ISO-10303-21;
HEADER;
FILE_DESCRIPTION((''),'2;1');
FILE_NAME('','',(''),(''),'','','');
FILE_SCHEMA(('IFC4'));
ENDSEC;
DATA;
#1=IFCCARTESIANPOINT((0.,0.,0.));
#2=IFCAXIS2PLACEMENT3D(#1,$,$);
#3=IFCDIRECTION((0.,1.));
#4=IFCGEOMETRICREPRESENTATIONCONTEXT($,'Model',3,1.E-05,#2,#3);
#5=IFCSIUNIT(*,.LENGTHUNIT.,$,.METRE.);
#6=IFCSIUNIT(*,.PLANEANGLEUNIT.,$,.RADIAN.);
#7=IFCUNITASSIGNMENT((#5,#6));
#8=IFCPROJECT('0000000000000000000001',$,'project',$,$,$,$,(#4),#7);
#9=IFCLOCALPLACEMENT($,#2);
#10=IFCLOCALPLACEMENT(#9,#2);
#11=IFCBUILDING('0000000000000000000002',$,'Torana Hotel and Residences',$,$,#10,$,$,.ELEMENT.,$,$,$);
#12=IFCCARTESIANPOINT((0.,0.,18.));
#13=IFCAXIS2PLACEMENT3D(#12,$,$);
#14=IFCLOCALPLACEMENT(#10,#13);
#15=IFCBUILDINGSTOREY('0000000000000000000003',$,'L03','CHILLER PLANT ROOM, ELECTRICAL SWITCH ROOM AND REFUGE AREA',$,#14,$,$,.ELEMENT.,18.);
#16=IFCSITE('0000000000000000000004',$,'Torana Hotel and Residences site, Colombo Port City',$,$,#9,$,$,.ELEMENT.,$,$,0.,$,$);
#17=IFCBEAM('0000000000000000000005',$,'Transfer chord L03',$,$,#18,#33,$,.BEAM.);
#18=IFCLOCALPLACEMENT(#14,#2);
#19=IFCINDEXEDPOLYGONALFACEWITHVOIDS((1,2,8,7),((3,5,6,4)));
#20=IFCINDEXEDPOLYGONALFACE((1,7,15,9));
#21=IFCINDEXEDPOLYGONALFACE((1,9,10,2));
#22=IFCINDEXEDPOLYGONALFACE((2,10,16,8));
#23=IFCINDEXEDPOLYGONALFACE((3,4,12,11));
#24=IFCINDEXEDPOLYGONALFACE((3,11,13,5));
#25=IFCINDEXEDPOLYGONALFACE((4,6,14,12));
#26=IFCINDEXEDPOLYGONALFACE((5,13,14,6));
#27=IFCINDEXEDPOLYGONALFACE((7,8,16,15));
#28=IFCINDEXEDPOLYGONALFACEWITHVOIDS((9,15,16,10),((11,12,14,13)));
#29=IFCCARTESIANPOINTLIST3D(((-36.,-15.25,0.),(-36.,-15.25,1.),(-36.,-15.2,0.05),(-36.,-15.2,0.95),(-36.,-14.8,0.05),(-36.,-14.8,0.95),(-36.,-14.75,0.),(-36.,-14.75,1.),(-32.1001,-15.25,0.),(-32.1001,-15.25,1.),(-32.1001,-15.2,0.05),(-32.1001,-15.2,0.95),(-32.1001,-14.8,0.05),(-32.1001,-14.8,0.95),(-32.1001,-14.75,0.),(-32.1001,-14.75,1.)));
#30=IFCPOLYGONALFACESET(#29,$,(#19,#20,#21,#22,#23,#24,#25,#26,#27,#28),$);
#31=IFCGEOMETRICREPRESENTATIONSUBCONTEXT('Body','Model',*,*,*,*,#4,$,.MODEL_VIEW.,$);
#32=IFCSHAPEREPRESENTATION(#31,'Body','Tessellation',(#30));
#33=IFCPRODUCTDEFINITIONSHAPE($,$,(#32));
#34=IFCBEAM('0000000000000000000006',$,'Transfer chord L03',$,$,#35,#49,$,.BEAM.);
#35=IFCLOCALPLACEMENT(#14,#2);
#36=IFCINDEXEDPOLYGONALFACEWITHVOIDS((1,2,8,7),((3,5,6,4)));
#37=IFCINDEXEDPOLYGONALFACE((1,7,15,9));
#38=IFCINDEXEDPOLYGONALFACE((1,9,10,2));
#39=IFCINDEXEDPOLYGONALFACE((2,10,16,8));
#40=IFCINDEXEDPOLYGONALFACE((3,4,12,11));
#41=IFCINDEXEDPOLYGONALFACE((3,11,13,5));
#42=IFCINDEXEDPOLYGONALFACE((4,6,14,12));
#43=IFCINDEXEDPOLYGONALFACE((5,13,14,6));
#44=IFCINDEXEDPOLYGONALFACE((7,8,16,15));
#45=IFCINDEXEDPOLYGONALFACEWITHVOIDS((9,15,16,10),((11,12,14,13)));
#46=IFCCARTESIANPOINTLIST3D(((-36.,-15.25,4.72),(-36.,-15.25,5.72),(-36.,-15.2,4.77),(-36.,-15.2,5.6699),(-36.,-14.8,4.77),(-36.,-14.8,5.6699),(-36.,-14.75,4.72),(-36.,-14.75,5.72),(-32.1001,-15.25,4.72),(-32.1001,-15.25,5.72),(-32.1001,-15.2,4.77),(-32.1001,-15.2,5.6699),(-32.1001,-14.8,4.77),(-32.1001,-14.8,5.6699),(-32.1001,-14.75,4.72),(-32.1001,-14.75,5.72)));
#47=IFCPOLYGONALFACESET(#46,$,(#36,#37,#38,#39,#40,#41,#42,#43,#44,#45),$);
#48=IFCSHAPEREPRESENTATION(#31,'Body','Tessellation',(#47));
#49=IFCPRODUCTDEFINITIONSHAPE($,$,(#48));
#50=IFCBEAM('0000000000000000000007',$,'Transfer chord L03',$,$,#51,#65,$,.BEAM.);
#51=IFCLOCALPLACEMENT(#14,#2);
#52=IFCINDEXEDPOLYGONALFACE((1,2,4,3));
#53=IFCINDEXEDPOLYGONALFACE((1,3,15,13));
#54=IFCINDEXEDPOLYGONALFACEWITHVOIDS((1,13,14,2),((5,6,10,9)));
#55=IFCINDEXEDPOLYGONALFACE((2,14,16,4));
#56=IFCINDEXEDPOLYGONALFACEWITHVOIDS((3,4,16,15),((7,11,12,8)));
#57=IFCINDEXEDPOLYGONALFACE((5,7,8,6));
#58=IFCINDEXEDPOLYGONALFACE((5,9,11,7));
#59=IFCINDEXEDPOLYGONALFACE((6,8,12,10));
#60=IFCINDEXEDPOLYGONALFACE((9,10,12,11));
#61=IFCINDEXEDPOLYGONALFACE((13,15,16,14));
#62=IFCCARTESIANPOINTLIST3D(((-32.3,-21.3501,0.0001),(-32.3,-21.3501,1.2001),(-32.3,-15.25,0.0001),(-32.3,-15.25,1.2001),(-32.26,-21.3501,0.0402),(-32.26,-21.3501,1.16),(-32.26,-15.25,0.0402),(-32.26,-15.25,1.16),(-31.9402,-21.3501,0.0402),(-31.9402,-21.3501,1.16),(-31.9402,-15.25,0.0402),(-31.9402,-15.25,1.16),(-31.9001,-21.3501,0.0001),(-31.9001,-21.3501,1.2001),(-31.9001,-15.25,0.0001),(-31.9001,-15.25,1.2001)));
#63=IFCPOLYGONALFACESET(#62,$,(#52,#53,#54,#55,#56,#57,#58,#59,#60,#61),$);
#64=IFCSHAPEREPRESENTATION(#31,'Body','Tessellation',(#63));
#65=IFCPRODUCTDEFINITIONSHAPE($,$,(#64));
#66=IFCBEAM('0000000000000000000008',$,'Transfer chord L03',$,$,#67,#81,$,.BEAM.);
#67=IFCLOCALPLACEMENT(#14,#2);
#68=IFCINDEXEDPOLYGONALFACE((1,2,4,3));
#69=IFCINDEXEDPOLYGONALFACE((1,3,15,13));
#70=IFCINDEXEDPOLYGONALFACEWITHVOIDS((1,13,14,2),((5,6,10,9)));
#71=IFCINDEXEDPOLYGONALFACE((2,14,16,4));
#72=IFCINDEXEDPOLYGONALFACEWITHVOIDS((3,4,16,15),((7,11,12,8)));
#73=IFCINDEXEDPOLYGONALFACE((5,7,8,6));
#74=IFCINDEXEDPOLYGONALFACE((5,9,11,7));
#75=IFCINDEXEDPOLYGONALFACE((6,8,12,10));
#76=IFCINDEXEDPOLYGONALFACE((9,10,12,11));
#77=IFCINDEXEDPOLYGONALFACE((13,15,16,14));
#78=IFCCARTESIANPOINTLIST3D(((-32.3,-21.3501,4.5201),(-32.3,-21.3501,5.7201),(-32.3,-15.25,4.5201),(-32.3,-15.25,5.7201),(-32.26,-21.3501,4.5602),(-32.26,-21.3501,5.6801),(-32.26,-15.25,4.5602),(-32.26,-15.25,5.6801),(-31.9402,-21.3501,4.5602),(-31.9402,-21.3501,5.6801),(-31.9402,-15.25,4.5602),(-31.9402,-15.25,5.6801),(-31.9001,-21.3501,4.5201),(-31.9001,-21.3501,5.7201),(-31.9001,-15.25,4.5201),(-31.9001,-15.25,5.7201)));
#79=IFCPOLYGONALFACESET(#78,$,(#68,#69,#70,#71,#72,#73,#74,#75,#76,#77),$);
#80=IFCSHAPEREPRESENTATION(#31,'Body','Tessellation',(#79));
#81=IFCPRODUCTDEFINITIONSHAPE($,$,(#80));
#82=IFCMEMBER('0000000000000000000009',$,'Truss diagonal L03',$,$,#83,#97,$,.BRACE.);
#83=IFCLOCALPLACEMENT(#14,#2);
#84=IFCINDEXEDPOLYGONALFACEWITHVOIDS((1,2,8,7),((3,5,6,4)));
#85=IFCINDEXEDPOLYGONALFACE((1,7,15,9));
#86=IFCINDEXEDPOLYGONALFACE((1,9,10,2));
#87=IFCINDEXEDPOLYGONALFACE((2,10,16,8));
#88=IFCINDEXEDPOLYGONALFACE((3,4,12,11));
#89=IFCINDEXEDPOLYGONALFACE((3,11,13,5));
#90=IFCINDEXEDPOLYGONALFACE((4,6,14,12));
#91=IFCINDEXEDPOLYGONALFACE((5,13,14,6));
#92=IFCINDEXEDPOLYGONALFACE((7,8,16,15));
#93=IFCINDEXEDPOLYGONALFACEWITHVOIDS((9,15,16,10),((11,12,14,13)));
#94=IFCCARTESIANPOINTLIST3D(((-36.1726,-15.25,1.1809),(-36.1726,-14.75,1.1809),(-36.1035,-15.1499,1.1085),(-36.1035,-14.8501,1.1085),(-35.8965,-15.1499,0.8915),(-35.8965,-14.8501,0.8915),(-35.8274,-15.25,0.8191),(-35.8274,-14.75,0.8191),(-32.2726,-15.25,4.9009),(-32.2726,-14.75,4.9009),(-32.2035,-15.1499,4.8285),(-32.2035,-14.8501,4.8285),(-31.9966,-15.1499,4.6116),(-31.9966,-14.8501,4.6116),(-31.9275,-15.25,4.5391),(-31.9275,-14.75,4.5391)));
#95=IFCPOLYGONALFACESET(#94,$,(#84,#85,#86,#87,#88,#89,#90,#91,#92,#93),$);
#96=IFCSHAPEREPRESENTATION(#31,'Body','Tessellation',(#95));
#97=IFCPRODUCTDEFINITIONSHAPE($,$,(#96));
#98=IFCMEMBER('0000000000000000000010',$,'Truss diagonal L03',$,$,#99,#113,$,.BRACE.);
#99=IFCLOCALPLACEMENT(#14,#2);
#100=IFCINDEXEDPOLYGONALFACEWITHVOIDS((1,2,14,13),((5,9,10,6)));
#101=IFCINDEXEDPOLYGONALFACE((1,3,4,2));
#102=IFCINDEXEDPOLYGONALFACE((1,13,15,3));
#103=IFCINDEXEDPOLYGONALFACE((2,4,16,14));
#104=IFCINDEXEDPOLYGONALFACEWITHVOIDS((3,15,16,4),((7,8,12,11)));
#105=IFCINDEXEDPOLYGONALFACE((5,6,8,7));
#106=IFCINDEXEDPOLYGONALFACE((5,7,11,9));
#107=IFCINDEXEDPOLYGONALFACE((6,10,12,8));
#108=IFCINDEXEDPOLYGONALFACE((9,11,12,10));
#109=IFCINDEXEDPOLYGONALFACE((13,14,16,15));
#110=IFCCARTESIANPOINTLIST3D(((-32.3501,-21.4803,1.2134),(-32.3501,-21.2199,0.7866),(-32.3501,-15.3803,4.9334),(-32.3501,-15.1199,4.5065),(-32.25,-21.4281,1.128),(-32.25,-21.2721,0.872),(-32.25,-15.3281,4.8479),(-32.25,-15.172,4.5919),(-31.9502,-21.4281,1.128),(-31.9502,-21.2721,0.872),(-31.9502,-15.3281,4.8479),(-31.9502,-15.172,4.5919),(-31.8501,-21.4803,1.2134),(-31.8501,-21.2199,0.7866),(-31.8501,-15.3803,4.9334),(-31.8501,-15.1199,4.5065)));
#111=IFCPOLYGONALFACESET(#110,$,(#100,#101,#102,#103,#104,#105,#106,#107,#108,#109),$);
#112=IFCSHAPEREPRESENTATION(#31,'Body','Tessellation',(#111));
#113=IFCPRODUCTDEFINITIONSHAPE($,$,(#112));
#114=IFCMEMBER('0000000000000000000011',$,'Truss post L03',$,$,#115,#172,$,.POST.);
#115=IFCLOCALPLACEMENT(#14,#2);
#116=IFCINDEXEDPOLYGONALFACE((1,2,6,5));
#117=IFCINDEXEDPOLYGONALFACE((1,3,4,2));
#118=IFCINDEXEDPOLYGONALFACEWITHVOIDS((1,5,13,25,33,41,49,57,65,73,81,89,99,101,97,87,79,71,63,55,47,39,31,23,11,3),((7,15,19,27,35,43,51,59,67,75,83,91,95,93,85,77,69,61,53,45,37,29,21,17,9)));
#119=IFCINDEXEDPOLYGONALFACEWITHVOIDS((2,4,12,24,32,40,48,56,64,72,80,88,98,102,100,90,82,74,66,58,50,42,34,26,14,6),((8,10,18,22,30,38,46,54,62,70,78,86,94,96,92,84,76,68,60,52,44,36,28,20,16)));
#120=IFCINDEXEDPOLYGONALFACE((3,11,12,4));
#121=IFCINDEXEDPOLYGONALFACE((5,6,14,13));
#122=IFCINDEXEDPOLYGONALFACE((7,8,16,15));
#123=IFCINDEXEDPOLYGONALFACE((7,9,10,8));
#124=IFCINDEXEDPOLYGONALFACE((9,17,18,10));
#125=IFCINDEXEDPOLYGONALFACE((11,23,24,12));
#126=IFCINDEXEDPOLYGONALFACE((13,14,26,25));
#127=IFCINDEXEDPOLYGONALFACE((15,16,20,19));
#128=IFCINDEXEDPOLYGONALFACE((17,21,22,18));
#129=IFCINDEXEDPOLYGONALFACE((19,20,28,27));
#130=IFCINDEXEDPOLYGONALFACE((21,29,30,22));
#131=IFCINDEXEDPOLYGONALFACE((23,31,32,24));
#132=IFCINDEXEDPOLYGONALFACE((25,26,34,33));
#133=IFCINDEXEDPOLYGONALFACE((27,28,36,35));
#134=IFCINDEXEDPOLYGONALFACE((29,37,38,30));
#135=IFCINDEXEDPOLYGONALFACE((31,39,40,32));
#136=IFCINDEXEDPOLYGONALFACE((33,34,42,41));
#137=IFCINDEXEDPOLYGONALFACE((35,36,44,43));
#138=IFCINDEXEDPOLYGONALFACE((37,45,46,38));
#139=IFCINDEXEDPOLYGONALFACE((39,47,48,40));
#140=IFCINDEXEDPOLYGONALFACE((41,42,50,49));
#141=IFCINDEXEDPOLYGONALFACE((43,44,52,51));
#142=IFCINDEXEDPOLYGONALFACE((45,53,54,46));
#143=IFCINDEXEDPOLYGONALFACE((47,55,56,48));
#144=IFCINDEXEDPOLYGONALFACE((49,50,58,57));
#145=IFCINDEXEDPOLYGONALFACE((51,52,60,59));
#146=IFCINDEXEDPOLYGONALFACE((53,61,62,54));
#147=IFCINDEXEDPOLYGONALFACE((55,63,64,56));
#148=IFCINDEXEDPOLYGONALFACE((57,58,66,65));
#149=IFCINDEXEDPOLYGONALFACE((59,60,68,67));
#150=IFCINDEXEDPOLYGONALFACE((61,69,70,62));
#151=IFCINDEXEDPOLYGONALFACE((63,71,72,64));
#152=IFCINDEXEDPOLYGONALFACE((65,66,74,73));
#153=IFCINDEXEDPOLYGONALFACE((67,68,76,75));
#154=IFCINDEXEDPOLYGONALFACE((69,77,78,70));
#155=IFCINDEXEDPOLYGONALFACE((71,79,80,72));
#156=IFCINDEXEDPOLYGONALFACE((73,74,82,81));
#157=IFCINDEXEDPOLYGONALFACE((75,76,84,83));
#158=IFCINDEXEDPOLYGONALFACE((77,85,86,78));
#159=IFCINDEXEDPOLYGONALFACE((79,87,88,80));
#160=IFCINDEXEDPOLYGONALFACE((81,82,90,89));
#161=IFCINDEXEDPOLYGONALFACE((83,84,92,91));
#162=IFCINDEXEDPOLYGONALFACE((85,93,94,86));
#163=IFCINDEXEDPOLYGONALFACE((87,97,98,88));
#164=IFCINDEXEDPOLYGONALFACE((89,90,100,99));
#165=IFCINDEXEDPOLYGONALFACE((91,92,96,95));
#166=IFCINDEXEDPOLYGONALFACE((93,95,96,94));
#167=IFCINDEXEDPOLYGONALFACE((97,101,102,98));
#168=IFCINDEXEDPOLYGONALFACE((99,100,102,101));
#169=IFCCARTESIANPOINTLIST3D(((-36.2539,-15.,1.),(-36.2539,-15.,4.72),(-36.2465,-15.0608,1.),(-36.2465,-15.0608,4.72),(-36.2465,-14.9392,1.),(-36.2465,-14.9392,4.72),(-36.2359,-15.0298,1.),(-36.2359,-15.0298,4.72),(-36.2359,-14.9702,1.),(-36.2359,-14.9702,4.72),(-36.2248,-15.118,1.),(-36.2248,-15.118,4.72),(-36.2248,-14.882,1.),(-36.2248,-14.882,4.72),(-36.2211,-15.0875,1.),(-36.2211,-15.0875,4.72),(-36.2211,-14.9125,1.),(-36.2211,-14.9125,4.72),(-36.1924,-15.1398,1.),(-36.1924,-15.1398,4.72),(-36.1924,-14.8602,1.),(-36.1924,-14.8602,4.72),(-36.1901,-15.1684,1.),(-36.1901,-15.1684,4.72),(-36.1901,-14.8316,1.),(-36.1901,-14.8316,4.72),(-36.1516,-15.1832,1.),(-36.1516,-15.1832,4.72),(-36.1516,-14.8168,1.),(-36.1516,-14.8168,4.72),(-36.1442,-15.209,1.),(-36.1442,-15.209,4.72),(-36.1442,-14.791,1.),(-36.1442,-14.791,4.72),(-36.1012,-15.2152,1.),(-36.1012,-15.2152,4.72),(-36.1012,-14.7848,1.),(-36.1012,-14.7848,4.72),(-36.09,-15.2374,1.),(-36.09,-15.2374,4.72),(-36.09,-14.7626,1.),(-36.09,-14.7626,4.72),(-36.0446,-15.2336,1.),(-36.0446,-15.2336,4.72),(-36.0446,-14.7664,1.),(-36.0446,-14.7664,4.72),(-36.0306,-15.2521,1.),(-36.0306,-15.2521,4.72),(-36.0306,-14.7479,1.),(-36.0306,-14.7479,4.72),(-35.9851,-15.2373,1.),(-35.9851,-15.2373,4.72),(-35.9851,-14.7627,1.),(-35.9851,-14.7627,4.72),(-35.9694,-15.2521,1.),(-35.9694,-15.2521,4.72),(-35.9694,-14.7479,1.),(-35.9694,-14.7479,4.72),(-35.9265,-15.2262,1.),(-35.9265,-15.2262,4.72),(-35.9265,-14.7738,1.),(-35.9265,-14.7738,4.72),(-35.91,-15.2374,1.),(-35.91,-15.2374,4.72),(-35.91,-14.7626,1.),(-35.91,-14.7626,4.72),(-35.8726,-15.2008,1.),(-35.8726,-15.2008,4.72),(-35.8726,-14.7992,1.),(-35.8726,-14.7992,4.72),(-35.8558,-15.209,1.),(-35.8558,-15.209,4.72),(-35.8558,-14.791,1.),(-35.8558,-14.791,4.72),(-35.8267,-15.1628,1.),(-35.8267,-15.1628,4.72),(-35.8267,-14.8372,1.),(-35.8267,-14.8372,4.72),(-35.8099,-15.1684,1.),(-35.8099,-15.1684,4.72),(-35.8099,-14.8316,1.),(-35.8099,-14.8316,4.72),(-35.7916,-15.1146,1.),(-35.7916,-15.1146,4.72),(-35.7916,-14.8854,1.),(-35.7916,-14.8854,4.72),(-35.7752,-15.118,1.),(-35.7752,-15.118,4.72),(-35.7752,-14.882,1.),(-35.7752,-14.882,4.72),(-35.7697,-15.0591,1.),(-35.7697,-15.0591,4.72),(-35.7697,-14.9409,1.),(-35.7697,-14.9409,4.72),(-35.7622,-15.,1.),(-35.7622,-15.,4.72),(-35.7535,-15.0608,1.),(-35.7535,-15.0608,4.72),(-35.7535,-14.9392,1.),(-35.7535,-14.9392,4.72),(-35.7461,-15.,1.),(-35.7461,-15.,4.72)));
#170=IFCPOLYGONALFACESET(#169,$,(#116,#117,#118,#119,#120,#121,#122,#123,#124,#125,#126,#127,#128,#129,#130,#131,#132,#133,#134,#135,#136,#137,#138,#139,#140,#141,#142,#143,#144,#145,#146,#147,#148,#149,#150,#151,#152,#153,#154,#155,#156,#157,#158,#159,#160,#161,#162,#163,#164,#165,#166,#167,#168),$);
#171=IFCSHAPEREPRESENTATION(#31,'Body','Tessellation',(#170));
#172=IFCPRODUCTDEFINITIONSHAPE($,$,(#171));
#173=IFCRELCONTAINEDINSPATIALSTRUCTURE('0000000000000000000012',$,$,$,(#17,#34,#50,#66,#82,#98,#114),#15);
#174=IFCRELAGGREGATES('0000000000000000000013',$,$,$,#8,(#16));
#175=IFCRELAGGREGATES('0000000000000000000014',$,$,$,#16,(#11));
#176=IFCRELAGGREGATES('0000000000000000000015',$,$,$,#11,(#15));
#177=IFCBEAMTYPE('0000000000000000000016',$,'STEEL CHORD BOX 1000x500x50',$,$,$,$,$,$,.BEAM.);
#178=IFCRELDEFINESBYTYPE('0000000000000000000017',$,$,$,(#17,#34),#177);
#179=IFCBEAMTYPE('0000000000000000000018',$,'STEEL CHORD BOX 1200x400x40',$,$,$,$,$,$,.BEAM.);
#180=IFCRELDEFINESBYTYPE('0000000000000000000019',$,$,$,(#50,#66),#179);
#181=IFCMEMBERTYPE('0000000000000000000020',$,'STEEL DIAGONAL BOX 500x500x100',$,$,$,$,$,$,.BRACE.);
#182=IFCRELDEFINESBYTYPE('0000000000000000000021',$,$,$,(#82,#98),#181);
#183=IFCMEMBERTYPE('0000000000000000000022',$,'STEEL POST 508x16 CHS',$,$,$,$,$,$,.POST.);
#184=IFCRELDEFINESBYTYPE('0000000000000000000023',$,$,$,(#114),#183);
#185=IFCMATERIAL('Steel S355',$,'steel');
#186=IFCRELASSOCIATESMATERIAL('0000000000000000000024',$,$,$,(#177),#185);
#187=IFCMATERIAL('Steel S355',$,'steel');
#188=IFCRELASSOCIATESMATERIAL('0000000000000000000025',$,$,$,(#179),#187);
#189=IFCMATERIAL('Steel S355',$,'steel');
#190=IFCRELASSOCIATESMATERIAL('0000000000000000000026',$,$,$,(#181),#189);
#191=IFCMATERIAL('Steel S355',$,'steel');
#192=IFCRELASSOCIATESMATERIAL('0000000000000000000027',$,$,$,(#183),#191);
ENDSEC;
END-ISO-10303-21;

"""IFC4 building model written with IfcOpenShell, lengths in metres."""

from ifc_helpers import new_model, si_unit, direction, frame, origin, origin_2d, place, context, subcontext, project, spatial, hollow_rectangle, hollow_circle, extrude, material, material_profile, profile_set, type_object, element, save


model = new_model("IFC4")

# Units and contexts
model_context = context("Model", 3, precision=1e-05, world=origin(), true_north=direction((0.0, 1.0)))
body_context = subcontext(model_context, "Body", "Model", "MODEL_VIEW")
ifc_project = project(units=[si_unit("LENGTHUNIT", "METRE"), si_unit("PLANEANGLEUNIT", "RADIAN")], contexts=[model_context])

# Site, building, storey
site_placement = place(None, origin())
site = spatial("IfcSite", under=ifc_project, at=site_placement, Name="Torana Hotel and Residences site, Colombo Port City", CompositionType="ELEMENT", RefElevation=0.0)
building_placement = place(site_placement, origin())
building = spatial("IfcBuilding", under=site, at=building_placement, Name="Torana Hotel and Residences", CompositionType="ELEMENT")
storey_placement = place(building_placement, frame((0.0, 0.0, 18.0)))
storey = spatial("IfcBuildingStorey", under=building, at=storey_placement, Name="L03", Description="CHILLER PLANT ROOM, ELECTRICAL SWITCH ROOM AND REFUGE AREA", CompositionType="ELEMENT", Elevation=18.0)

# Beams
ifc_material_1 = material(Name="Steel S355", Category="steel")
ifc_material_profile_1 = material_profile(ifc_material_1, hollow_rectangle(XDim=0.5, YDim=1.0, WallThickness=0.05, at=origin_2d()), Name="BOX 1000x500x50")
ifc_profile_set_1 = profile_set([ifc_material_profile_1], Name="Steel S355")
beam_type_1 = type_object("IfcBeamType", Name="STEEL CHORD BOX 1000x500x50", PredefinedType="BEAM", material=ifc_profile_set_1)
for number, where, z_axis, x_axis, name in (
    (1, (-36.0, -15.0, 0.5), (1.0, 0.0, 0.0), (0.0, 1.0, 0.0), "Transfer chord L03"),
    (2, (-36.0, -15.0, 5.22), (1.0, 0.0, 0.0), (0.0, 1.0, 0.0), "Transfer chord L03"),
):
    element("IfcBeam", number, at=place(storey_placement, frame(where, z_axis=z_axis, x_axis=x_axis)), inside=storey, type_object=beam_type_1, Name=name, PredefinedType="BEAM", context=body_context, shape_type="SweptSolid", body=[
        extrude(hollow_rectangle(XDim=0.5, YDim=1.0, WallThickness=0.05, at=origin_2d()), origin(), (0.0, 0.0, 1.0), 3.8999),
    ])
ifc_material_2 = material(Name="Steel S355", Category="steel")
ifc_material_profile_2 = material_profile(ifc_material_2, hollow_rectangle(XDim=0.3999, YDim=1.2, WallThickness=0.04, at=origin_2d()), Name="BOX 1200x400x40")
ifc_profile_set_2 = profile_set([ifc_material_profile_2], Name="Steel S355")
beam_type_2 = type_object("IfcBeamType", Name="STEEL CHORD BOX 1200x400x40", PredefinedType="BEAM", material=ifc_profile_set_2)
for number, where, z_axis, x_axis, name in (
    (3, (-32.1001, -21.3501, 0.6001), (0.0, 1.0, 0.0), (-1.0, 0.0, 0.0), "Transfer chord L03"),
    (4, (-32.1001, -21.3501, 5.1201), (0.0, 1.0, 0.0), (-1.0, 0.0, 0.0), "Transfer chord L03"),
):
    element("IfcBeam", number, at=place(storey_placement, frame(where, z_axis=z_axis, x_axis=x_axis)), inside=storey, type_object=beam_type_2, Name=name, PredefinedType="BEAM", context=body_context, shape_type="SweptSolid", body=[
        extrude(hollow_rectangle(XDim=0.3999, YDim=1.2, WallThickness=0.04, at=origin_2d()), origin(), (0.0, 0.0, 1.0), 6.1001),
    ])

# Members
ifc_material_3 = material(Name="Steel S355", Category="steel")
ifc_material_profile_3 = material_profile(ifc_material_3, hollow_rectangle(XDim=0.5, YDim=0.5, WallThickness=0.1001, at=origin_2d()), Name="BOX 500x500x100")
ifc_profile_set_3 = profile_set([ifc_material_profile_3], Name="Steel S355")
member_type_1 = type_object("IfcMemberType", Name="STEEL DIAGONAL BOX 500x500x100", PredefinedType="BRACE", material=ifc_profile_set_3)
member_1_placement = place(storey_placement, frame((-36.0, -15.0, 1.0), z_axis=(0.723602, 0.0, 0.690217), x_axis=(0.0, 1.0, 0.0)))
element("IfcMember", 5, at=member_1_placement, inside=storey, type_object=member_type_1, Name="Truss diagonal L03", PredefinedType="BRACE", context=body_context, shape_type="SweptSolid", body=[
    extrude(hollow_rectangle(XDim=0.5, YDim=0.5, WallThickness=0.1001, at=origin_2d()), origin(), (0.0, 0.0, 1.0), 5.3896),
])
member_2_placement = place(storey_placement, frame((-32.1001, -21.3501, 1.0), z_axis=(0.0, 0.853771, 0.520648), x_axis=(-1.0, 0.0, 0.0)))
element("IfcMember", 6, at=member_2_placement, inside=storey, type_object=member_type_1, Name="Truss diagonal L03", PredefinedType="BRACE", context=body_context, shape_type="SweptSolid", body=[
    extrude(hollow_rectangle(XDim=0.5, YDim=0.5, WallThickness=0.1001, at=origin_2d()), origin(), (0.0, 0.0, 1.0), 7.1448),
])
ifc_material_4 = material(Name="Steel S355", Category="steel")
ifc_material_profile_4 = material_profile(ifc_material_4, hollow_circle(Radius=0.2539, WallThickness=0.0161, at=origin_2d()), Name="508x16 CHS")
ifc_profile_set_4 = profile_set([ifc_material_profile_4], Name="Steel S355")
member_type_2 = type_object("IfcMemberType", Name="STEEL POST 508x16 CHS", PredefinedType="POST", material=ifc_profile_set_4)
for number, where, z_axis, x_axis, name in (
    (7, (-36.0, -15.0, 1.0), (0.0, 0.0, 1.0), (1.0, 0.0, 0.0), "Truss post L03"),
):
    element("IfcMember", number, at=place(storey_placement, frame(where, z_axis=z_axis, x_axis=x_axis)), inside=storey, type_object=member_type_2, Name=name, PredefinedType="POST", context=body_context, shape_type="SweptSolid", body=[
        extrude(hollow_circle(Radius=0.2539, WallThickness=0.0161, at=origin_2d()), origin(), (0.0, 0.0, 1.0), 3.72),
    ])

save(model, "model.ifc")
